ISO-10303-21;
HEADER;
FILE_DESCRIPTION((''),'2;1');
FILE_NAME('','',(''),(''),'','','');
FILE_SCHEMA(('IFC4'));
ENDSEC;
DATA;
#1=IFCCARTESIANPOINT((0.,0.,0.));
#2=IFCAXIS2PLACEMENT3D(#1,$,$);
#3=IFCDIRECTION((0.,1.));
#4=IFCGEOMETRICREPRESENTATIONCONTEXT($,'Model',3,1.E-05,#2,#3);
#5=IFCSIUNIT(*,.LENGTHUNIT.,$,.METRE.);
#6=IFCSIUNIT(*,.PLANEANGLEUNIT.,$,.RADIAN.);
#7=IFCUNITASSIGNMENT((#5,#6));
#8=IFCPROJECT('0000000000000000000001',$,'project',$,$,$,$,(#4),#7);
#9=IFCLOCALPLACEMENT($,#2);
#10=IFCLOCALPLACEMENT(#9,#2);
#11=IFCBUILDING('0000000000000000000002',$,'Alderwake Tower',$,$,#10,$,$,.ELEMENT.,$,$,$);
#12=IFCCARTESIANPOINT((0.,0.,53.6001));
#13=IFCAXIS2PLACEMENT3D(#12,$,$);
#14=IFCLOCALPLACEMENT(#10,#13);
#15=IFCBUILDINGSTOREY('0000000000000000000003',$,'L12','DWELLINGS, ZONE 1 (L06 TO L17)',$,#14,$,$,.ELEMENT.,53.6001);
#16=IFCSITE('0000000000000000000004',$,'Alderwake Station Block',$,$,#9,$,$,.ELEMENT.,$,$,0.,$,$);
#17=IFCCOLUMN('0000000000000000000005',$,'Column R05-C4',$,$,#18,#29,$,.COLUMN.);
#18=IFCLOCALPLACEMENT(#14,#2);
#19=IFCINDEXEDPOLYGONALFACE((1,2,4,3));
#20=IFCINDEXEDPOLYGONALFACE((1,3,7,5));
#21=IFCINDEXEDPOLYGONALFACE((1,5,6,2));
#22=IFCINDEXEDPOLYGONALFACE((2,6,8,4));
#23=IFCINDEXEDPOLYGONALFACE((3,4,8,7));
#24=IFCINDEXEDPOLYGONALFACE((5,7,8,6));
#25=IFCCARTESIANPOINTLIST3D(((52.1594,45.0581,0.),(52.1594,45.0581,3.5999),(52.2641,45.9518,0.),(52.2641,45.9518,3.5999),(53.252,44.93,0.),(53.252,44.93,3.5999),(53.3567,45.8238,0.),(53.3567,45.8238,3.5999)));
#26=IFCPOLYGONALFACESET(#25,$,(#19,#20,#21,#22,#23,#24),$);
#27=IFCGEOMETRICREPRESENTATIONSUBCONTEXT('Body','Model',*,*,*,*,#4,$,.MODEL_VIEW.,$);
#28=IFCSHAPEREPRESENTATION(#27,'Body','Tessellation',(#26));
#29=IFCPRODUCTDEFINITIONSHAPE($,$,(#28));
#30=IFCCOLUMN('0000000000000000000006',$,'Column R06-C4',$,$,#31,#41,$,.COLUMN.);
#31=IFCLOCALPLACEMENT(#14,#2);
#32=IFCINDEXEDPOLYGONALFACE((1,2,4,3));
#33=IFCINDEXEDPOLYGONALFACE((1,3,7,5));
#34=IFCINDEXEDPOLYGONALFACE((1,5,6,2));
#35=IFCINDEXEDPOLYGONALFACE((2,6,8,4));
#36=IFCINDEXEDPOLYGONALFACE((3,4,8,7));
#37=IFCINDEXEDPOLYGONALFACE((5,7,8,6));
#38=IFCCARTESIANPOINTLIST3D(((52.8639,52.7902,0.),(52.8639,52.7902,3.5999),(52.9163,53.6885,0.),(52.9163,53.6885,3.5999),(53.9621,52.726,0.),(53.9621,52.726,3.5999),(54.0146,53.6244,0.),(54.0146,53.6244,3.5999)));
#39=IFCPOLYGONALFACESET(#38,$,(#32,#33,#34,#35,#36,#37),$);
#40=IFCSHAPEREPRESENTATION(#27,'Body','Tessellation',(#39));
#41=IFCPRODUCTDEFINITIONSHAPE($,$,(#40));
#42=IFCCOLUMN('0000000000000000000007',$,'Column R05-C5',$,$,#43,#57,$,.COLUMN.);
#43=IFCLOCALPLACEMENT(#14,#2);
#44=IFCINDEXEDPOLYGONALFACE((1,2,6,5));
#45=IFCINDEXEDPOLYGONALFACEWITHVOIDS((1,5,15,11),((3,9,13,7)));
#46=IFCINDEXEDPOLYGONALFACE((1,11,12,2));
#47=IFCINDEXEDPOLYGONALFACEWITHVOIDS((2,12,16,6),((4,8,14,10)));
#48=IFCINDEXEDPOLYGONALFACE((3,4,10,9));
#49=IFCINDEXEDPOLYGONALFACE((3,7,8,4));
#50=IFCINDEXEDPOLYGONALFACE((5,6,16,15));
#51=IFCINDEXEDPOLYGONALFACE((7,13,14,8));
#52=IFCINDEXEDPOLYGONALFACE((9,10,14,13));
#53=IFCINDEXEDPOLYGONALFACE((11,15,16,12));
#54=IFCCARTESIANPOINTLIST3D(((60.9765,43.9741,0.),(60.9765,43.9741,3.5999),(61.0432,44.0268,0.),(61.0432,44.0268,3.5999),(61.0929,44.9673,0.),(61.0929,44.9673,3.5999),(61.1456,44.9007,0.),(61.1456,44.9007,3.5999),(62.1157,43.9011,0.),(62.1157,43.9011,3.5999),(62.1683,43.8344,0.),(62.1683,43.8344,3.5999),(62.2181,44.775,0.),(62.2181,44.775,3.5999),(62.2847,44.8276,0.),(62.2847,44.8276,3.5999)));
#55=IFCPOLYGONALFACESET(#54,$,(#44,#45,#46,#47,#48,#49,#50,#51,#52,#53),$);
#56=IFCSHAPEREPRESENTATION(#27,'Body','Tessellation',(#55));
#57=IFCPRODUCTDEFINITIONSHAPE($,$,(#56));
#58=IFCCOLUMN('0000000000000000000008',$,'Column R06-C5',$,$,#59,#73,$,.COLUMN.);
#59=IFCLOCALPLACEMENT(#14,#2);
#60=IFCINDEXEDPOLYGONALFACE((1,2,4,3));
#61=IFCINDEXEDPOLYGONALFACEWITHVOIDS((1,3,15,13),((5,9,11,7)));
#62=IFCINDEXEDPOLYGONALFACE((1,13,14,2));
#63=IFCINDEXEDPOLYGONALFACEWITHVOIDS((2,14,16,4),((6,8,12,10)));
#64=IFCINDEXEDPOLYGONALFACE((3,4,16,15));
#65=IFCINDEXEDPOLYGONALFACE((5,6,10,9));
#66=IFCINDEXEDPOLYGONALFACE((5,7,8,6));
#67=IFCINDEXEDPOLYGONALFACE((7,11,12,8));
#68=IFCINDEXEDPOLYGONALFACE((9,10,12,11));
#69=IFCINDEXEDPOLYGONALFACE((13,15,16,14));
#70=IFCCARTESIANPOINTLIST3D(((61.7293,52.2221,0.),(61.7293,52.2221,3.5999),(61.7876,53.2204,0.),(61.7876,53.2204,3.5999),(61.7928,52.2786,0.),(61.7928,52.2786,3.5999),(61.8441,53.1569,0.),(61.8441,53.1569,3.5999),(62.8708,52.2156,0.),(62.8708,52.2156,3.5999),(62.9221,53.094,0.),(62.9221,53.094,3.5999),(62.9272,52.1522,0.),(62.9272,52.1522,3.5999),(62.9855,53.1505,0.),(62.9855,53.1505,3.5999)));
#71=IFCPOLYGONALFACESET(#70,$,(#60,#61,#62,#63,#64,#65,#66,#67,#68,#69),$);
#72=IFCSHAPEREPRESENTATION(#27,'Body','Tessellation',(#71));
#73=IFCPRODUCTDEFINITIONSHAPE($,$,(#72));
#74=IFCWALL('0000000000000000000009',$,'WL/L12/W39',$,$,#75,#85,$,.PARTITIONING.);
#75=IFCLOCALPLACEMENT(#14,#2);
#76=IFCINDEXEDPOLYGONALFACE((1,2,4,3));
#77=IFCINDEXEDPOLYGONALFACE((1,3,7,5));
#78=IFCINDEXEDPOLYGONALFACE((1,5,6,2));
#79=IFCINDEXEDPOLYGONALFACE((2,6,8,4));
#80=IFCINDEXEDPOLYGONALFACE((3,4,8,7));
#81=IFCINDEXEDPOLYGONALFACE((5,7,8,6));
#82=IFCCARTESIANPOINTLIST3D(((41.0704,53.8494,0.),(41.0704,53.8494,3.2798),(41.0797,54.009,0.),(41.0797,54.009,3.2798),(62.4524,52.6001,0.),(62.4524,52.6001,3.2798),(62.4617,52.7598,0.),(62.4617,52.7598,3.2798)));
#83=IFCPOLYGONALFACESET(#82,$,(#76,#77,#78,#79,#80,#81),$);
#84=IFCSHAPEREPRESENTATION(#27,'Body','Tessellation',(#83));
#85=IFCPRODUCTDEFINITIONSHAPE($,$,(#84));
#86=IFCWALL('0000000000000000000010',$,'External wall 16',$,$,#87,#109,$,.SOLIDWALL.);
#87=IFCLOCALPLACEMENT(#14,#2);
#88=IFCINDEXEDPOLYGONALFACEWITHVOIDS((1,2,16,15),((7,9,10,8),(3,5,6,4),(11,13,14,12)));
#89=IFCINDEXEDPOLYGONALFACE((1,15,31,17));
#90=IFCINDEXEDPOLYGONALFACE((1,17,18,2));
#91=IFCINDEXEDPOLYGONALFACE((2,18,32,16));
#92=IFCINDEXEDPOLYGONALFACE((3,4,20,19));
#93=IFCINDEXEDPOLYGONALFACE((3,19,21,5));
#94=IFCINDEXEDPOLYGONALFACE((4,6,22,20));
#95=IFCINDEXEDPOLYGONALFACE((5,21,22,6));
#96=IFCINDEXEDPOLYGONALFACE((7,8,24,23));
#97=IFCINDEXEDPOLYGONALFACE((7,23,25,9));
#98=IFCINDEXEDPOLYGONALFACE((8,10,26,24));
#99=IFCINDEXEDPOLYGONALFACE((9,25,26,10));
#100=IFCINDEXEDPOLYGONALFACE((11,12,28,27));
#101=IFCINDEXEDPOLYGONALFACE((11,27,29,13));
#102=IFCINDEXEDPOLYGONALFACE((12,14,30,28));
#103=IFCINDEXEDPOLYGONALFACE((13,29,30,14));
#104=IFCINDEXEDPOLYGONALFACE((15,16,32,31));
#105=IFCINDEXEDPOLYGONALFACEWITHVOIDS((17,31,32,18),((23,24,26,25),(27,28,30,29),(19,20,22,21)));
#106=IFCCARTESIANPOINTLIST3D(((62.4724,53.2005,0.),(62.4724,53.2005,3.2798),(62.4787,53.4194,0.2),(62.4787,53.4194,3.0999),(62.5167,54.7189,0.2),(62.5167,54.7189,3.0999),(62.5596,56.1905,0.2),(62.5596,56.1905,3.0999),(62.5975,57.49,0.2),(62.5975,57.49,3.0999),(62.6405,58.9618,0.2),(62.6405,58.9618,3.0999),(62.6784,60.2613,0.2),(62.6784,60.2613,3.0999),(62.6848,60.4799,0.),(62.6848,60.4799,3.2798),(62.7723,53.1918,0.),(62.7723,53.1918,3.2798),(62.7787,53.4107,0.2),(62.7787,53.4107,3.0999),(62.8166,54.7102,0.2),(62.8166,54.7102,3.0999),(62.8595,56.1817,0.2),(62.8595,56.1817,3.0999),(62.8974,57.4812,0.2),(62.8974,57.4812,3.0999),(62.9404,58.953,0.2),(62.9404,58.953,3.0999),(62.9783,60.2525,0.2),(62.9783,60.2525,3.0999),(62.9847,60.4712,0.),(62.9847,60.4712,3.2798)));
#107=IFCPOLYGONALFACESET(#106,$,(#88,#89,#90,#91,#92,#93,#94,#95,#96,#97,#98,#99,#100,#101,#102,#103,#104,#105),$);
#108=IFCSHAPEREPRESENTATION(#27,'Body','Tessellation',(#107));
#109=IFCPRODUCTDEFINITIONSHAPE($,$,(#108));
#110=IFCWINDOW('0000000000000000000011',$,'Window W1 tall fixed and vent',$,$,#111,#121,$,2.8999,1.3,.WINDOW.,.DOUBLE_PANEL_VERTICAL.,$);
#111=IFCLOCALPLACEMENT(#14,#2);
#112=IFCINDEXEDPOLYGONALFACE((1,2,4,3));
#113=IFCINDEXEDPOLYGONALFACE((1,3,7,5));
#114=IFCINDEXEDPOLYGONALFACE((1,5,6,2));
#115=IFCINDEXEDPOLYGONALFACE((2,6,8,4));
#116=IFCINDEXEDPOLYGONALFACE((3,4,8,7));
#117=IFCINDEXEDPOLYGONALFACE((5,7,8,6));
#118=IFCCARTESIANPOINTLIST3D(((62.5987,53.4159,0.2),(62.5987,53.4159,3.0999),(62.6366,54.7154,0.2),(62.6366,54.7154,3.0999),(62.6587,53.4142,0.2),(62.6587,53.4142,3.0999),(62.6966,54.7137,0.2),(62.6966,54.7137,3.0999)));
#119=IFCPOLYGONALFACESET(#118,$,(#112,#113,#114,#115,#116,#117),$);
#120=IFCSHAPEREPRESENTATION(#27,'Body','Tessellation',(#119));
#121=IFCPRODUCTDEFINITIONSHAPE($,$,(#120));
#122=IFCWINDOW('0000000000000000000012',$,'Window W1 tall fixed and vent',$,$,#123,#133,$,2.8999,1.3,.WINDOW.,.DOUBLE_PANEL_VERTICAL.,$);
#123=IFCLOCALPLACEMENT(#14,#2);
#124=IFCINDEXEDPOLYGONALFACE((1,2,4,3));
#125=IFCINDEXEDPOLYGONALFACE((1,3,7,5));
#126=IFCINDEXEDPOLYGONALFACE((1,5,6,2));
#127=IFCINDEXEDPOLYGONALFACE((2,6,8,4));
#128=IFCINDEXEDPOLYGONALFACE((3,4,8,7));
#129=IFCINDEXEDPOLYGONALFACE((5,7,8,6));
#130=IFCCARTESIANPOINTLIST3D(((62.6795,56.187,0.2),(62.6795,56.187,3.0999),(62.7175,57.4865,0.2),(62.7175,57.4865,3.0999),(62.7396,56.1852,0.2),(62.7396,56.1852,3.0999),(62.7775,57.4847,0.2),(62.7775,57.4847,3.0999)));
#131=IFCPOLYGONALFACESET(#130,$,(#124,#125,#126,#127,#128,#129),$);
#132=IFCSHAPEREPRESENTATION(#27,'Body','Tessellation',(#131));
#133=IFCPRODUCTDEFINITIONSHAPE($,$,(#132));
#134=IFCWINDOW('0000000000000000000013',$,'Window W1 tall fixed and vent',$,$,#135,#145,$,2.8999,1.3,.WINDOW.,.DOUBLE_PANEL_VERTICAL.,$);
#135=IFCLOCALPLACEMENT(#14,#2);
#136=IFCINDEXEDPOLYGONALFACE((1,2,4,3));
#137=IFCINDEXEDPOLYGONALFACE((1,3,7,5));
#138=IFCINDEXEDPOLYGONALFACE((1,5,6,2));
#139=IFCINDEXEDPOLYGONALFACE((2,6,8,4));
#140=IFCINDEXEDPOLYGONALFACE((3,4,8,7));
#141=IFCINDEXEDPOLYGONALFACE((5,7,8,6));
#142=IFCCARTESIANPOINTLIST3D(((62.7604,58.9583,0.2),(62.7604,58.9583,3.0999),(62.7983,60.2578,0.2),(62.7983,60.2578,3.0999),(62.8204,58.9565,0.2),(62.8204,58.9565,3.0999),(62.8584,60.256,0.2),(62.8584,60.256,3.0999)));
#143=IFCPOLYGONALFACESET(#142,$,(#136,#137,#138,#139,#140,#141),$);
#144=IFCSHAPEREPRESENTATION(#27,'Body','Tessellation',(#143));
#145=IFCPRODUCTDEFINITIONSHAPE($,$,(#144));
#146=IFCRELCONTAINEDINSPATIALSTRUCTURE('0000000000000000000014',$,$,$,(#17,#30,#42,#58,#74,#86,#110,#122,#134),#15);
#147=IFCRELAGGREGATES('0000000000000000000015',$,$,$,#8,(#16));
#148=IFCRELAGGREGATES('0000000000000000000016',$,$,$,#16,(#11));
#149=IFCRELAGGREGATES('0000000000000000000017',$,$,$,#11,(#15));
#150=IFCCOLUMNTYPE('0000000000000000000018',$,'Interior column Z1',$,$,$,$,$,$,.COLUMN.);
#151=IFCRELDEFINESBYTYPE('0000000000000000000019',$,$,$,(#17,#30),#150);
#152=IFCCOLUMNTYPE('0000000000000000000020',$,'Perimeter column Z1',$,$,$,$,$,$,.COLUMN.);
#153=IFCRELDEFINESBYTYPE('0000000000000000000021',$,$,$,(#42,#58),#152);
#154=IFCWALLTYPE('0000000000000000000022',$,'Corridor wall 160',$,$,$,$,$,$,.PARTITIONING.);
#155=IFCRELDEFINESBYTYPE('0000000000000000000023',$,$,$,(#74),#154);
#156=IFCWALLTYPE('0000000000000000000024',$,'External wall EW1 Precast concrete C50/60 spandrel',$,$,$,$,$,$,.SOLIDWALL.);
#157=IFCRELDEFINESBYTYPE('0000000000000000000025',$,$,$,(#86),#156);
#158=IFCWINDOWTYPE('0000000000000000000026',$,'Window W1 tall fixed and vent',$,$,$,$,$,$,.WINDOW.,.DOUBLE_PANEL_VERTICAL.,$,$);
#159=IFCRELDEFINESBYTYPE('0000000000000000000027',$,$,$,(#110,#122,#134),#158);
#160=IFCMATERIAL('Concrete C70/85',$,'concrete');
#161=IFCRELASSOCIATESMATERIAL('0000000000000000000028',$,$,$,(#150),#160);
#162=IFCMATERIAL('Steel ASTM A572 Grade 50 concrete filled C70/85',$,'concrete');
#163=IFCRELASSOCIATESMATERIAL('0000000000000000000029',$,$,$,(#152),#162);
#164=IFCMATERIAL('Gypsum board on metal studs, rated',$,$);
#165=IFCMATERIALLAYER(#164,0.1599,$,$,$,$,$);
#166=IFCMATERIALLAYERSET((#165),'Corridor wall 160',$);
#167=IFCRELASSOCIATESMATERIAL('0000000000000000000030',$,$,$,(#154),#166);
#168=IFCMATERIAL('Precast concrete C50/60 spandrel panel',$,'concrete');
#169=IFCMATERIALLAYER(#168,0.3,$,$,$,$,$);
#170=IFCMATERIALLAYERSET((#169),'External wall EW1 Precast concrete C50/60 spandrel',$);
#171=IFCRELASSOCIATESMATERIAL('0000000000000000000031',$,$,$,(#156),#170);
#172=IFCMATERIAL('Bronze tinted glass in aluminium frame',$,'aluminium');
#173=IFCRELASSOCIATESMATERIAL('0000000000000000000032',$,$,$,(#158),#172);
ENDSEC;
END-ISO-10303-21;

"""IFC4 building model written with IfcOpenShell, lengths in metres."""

from ifc_helpers import new_model, si_unit, direction, frame, frame_2d, origin, origin_2d, place, context, subcontext, project, spatial, rectangle, hollow_rectangle, extrude, material, layer, layer_set, material_profile, profile_set, type_object, element, fill, save


model = new_model("IFC4")

# Units and contexts
model_context = context("Model", 3, precision=1e-05, world=origin(), true_north=direction((0.0, 1.0)))
body_context = subcontext(model_context, "Body", "Model", "MODEL_VIEW")
ifc_project = project(units=[si_unit("LENGTHUNIT", "METRE"), si_unit("PLANEANGLEUNIT", "RADIAN")], contexts=[model_context])

# Site, building, storey
site_placement = place(None, origin())
site = spatial("IfcSite", under=ifc_project, at=site_placement, Name="Alderwake Station Block", CompositionType="ELEMENT", RefElevation=0.0)
building_placement = place(site_placement, origin())
building = spatial("IfcBuilding", under=site, at=building_placement, Name="Alderwake Tower", CompositionType="ELEMENT")
storey_placement = place(building_placement, frame((0.0, 0.0, 53.6001)))
storey = spatial("IfcBuildingStorey", under=building, at=storey_placement, Name="L12", Description="DWELLINGS, ZONE 1 (L06 TO L17)", CompositionType="ELEMENT", Elevation=53.6001)

# Columns
ifc_material_1 = material(Name="Concrete C70/85", Category="concrete")
ifc_material_profile_1 = material_profile(ifc_material_1, rectangle(XDim=0.8999, YDim=1.1001, at=origin_2d()), Name="RC 1100X900")
ifc_profile_set_1 = profile_set([ifc_material_profile_1], Name="Concrete C70/85")
column_type_1 = type_object("IfcColumnType", Name="Interior column Z1", PredefinedType="COLUMN", material=ifc_profile_set_1)
for number, where, z_axis, x_axis, name in (
    (1, (52.7581, 45.4409, 0.0), (0.0, 0.0, 1.0), (0.116402, 0.993202, 0.0), "Column R05-C4"),
    (2, (53.4392, 53.2073, 0.0), (0.0, 0.0, 1.0), (0.058301, 0.998299, 0.0), "Column R06-C4"),
):
    element("IfcColumn", number, at=place(storey_placement, frame(where, z_axis=z_axis, x_axis=x_axis)), inside=storey, type_object=column_type_1, Name=name, PredefinedType="COLUMN", context=body_context, shape_type="SweptSolid", body=[
        extrude(rectangle(XDim=0.8999, YDim=1.1001, at=origin_2d()), origin(), (0.0, 0.0, 1.0), 3.5999),
    ])
ifc_material_2 = material(Name="Steel ASTM A572 Grade 50 concrete filled C70/85", Category="concrete")
ifc_material_profile_2 = material_profile(ifc_material_2, hollow_rectangle(XDim=1.0, YDim=1.2, WallThickness=0.0601, at=origin_2d()), Name="BOX 1200X1000X60")
ifc_profile_set_2 = profile_set([ifc_material_profile_2], Name="Steel ASTM A572 Grade 50 concrete filled C70/85")
column_type_2 = type_object("IfcColumnType", Name="Perimeter column Z1", PredefinedType="COLUMN", material=ifc_profile_set_2)
for number, where, z_axis, x_axis, name in (
    (3, (61.6306, 44.4009, 0.0), (0.0, 0.0, 1.0), (0.116402, 0.993202, 0.0), "Column R05-C5"),
    (4, (62.3574, 52.6863, 0.0), (0.0, 0.0, 1.0), (0.058299, 0.998299, 0.0), "Column R06-C5"),
):
    element("IfcColumn", number, at=place(storey_placement, frame(where, z_axis=z_axis, x_axis=x_axis)), inside=storey, type_object=column_type_2, Name=name, PredefinedType="COLUMN", context=body_context, shape_type="SweptSolid", body=[
        extrude(hollow_rectangle(XDim=1.0, YDim=1.2, WallThickness=0.0601, at=origin_2d()), origin(), (0.0, 0.0, 1.0), 3.5999),
    ])

# Wall
ifc_material_3 = material(Name="Gypsum board on metal studs, rated")
ifc_layer_1 = layer(ifc_material_3, 0.1599)
ifc_layer_set_1 = layer_set([ifc_layer_1], Name="Corridor wall 160")
wall_type_1 = type_object("IfcWallType", Name="Corridor wall 160", PredefinedType="PARTITIONING", material=ifc_layer_set_1)
wall_1_placement = place(storey_placement, frame((62.457, 52.6799, 0.0), z_axis=(0.0, 0.0, 1.0), x_axis=(-0.998298, 0.058326, 0.0)))
element("IfcWall", 5, at=wall_1_placement, inside=storey, type_object=wall_type_1, Name="WL/L12/W39", PredefinedType="PARTITIONING", context=body_context, shape_type="SweptSolid", body=[
    extrude(rectangle(XDim=21.4185, YDim=0.1599, at=frame_2d((10.7092, 0.0))), origin(), (0.0, 0.0, 1.0), 3.2798),
])

# Shared definitions
ifc_material_4 = material(Name="Precast concrete C50/60 spandrel panel", Category="concrete")
ifc_layer_2 = layer(ifc_material_4, 0.3)
ifc_layer_set_2 = layer_set([ifc_layer_2], Name="External wall EW1 Precast concrete C50/60 spandrel")
wall_type_2 = type_object("IfcWallType", Name="External wall EW1 Precast concrete C50/60 spandrel", PredefinedType="SOLIDWALL", material=ifc_layer_set_2)
ifc_material_5 = material(Name="Bronze tinted glass in aluminium frame", Category="aluminium")
window_type = type_object("IfcWindowType", Name="Window W1 tall fixed and vent", PartitioningType="DOUBLE_PANEL_VERTICAL", PredefinedType="WINDOW", material=ifc_material_5)

# Wall, openings, windows
wall_2_placement = place(storey_placement, frame((62.6223, 53.1963, 0.0), z_axis=(0.0, 0.0, 1.0), x_axis=(0.029167, 0.999575, 0.0)))
wall_2 = element("IfcWall", 6, at=wall_2_placement, inside=storey, type_object=wall_type_2, Name="External wall 16", PredefinedType="SOLIDWALL", context=body_context, shape_type="SweptSolid", body=[
    extrude(rectangle(XDim=7.2825, YDim=0.3, at=frame_2d((3.6411, 0.0))), origin(), (0.0, 0.0, 1.0), 3.2798),
])
opening_1_placement = place(wall_2_placement, frame((0.219, 0.0, 0.2)))
opening_1 = element("IfcOpeningElement", 7, at=opening_1_placement, cuts=wall_2, PredefinedType="OPENING", context=body_context, shape_type="SweptSolid", body=[
    extrude(rectangle(XDim=1.3, YDim=2.8999, at=frame_2d((0.6499, 1.45))), frame((0.0, 0.1599, 0.0), z_axis=(0.0, -1.0, 0.0), x_axis=(1.0, 0.0, 0.0)), (0.0, 0.0, 1.0), 0.3201),
])
opening_2_placement = place(wall_2_placement, frame((2.9912, 0.0, 0.2)))
opening_2 = element("IfcOpeningElement", 8, at=opening_2_placement, cuts=wall_2, PredefinedType="OPENING", context=body_context, shape_type="SweptSolid", body=[
    extrude(rectangle(XDim=1.3, YDim=2.8999, at=frame_2d((0.6499, 1.45))), frame((0.0, 0.1599, 0.0), z_axis=(0.0, -1.0, 0.0), x_axis=(1.0, 0.0, 0.0)), (0.0, 0.0, 1.0), 0.3201),
])
opening_3_placement = place(wall_2_placement, frame((5.7637, 0.0, 0.2)))
opening_3 = element("IfcOpeningElement", 9, at=opening_3_placement, cuts=wall_2, PredefinedType="OPENING", context=body_context, shape_type="SweptSolid", body=[
    extrude(rectangle(XDim=1.3, YDim=2.8999, at=frame_2d((0.6499, 1.45))), frame((0.0, 0.1599, 0.0), z_axis=(0.0, -1.0, 0.0), x_axis=(1.0, 0.0, 0.0)), (0.0, 0.0, 1.0), 0.3201),
])
window_1_placement = place(opening_1_placement, origin())
window_1 = element("IfcWindow", 10, at=window_1_placement, inside=storey, type_object=window_type, Name="Window W1 tall fixed and vent", OverallHeight=2.8999, OverallWidth=1.3, PartitioningType="DOUBLE_PANEL_VERTICAL", PredefinedType="WINDOW", context=body_context, shape_type="SweptSolid", body=[
    extrude(rectangle(XDim=1.3, YDim=2.8999, at=frame_2d((0.6499, 1.45))), frame((0.0, 0.03, 0.0), z_axis=(0.0, -1.0, 0.0), x_axis=(1.0, 0.0, 0.0)), (0.0, 0.0, 1.0), 0.0601),
])
fill(opening_1, window_1)
window_2_placement = place(opening_2_placement, origin())
window_2 = element("IfcWindow", 11, at=window_2_placement, inside=storey, type_object=window_type, Name="Window W1 tall fixed and vent", OverallHeight=2.8999, OverallWidth=1.3, PartitioningType="DOUBLE_PANEL_VERTICAL", PredefinedType="WINDOW", context=body_context, shape_type="SweptSolid", body=[
    extrude(rectangle(XDim=1.3, YDim=2.8999, at=frame_2d((0.6499, 1.45))), frame((0.0, 0.03, 0.0), z_axis=(0.0, -1.0, 0.0), x_axis=(1.0, 0.0, 0.0)), (0.0, 0.0, 1.0), 0.0601),
])
fill(opening_2, window_2)
window_3_placement = place(opening_3_placement, origin())
window_3 = element("IfcWindow", 12, at=window_3_placement, inside=storey, type_object=window_type, Name="Window W1 tall fixed and vent", OverallHeight=2.8999, OverallWidth=1.3, PartitioningType="DOUBLE_PANEL_VERTICAL", PredefinedType="WINDOW", context=body_context, shape_type="SweptSolid", body=[
    extrude(rectangle(XDim=1.3, YDim=2.8999, at=frame_2d((0.6499, 1.45))), frame((0.0, 0.03, 0.0), z_axis=(0.0, -1.0, 0.0), x_axis=(1.0, 0.0, 0.0)), (0.0, 0.0, 1.0), 0.0601),
])
fill(opening_3, window_3)

save(model, "model.ifc")
